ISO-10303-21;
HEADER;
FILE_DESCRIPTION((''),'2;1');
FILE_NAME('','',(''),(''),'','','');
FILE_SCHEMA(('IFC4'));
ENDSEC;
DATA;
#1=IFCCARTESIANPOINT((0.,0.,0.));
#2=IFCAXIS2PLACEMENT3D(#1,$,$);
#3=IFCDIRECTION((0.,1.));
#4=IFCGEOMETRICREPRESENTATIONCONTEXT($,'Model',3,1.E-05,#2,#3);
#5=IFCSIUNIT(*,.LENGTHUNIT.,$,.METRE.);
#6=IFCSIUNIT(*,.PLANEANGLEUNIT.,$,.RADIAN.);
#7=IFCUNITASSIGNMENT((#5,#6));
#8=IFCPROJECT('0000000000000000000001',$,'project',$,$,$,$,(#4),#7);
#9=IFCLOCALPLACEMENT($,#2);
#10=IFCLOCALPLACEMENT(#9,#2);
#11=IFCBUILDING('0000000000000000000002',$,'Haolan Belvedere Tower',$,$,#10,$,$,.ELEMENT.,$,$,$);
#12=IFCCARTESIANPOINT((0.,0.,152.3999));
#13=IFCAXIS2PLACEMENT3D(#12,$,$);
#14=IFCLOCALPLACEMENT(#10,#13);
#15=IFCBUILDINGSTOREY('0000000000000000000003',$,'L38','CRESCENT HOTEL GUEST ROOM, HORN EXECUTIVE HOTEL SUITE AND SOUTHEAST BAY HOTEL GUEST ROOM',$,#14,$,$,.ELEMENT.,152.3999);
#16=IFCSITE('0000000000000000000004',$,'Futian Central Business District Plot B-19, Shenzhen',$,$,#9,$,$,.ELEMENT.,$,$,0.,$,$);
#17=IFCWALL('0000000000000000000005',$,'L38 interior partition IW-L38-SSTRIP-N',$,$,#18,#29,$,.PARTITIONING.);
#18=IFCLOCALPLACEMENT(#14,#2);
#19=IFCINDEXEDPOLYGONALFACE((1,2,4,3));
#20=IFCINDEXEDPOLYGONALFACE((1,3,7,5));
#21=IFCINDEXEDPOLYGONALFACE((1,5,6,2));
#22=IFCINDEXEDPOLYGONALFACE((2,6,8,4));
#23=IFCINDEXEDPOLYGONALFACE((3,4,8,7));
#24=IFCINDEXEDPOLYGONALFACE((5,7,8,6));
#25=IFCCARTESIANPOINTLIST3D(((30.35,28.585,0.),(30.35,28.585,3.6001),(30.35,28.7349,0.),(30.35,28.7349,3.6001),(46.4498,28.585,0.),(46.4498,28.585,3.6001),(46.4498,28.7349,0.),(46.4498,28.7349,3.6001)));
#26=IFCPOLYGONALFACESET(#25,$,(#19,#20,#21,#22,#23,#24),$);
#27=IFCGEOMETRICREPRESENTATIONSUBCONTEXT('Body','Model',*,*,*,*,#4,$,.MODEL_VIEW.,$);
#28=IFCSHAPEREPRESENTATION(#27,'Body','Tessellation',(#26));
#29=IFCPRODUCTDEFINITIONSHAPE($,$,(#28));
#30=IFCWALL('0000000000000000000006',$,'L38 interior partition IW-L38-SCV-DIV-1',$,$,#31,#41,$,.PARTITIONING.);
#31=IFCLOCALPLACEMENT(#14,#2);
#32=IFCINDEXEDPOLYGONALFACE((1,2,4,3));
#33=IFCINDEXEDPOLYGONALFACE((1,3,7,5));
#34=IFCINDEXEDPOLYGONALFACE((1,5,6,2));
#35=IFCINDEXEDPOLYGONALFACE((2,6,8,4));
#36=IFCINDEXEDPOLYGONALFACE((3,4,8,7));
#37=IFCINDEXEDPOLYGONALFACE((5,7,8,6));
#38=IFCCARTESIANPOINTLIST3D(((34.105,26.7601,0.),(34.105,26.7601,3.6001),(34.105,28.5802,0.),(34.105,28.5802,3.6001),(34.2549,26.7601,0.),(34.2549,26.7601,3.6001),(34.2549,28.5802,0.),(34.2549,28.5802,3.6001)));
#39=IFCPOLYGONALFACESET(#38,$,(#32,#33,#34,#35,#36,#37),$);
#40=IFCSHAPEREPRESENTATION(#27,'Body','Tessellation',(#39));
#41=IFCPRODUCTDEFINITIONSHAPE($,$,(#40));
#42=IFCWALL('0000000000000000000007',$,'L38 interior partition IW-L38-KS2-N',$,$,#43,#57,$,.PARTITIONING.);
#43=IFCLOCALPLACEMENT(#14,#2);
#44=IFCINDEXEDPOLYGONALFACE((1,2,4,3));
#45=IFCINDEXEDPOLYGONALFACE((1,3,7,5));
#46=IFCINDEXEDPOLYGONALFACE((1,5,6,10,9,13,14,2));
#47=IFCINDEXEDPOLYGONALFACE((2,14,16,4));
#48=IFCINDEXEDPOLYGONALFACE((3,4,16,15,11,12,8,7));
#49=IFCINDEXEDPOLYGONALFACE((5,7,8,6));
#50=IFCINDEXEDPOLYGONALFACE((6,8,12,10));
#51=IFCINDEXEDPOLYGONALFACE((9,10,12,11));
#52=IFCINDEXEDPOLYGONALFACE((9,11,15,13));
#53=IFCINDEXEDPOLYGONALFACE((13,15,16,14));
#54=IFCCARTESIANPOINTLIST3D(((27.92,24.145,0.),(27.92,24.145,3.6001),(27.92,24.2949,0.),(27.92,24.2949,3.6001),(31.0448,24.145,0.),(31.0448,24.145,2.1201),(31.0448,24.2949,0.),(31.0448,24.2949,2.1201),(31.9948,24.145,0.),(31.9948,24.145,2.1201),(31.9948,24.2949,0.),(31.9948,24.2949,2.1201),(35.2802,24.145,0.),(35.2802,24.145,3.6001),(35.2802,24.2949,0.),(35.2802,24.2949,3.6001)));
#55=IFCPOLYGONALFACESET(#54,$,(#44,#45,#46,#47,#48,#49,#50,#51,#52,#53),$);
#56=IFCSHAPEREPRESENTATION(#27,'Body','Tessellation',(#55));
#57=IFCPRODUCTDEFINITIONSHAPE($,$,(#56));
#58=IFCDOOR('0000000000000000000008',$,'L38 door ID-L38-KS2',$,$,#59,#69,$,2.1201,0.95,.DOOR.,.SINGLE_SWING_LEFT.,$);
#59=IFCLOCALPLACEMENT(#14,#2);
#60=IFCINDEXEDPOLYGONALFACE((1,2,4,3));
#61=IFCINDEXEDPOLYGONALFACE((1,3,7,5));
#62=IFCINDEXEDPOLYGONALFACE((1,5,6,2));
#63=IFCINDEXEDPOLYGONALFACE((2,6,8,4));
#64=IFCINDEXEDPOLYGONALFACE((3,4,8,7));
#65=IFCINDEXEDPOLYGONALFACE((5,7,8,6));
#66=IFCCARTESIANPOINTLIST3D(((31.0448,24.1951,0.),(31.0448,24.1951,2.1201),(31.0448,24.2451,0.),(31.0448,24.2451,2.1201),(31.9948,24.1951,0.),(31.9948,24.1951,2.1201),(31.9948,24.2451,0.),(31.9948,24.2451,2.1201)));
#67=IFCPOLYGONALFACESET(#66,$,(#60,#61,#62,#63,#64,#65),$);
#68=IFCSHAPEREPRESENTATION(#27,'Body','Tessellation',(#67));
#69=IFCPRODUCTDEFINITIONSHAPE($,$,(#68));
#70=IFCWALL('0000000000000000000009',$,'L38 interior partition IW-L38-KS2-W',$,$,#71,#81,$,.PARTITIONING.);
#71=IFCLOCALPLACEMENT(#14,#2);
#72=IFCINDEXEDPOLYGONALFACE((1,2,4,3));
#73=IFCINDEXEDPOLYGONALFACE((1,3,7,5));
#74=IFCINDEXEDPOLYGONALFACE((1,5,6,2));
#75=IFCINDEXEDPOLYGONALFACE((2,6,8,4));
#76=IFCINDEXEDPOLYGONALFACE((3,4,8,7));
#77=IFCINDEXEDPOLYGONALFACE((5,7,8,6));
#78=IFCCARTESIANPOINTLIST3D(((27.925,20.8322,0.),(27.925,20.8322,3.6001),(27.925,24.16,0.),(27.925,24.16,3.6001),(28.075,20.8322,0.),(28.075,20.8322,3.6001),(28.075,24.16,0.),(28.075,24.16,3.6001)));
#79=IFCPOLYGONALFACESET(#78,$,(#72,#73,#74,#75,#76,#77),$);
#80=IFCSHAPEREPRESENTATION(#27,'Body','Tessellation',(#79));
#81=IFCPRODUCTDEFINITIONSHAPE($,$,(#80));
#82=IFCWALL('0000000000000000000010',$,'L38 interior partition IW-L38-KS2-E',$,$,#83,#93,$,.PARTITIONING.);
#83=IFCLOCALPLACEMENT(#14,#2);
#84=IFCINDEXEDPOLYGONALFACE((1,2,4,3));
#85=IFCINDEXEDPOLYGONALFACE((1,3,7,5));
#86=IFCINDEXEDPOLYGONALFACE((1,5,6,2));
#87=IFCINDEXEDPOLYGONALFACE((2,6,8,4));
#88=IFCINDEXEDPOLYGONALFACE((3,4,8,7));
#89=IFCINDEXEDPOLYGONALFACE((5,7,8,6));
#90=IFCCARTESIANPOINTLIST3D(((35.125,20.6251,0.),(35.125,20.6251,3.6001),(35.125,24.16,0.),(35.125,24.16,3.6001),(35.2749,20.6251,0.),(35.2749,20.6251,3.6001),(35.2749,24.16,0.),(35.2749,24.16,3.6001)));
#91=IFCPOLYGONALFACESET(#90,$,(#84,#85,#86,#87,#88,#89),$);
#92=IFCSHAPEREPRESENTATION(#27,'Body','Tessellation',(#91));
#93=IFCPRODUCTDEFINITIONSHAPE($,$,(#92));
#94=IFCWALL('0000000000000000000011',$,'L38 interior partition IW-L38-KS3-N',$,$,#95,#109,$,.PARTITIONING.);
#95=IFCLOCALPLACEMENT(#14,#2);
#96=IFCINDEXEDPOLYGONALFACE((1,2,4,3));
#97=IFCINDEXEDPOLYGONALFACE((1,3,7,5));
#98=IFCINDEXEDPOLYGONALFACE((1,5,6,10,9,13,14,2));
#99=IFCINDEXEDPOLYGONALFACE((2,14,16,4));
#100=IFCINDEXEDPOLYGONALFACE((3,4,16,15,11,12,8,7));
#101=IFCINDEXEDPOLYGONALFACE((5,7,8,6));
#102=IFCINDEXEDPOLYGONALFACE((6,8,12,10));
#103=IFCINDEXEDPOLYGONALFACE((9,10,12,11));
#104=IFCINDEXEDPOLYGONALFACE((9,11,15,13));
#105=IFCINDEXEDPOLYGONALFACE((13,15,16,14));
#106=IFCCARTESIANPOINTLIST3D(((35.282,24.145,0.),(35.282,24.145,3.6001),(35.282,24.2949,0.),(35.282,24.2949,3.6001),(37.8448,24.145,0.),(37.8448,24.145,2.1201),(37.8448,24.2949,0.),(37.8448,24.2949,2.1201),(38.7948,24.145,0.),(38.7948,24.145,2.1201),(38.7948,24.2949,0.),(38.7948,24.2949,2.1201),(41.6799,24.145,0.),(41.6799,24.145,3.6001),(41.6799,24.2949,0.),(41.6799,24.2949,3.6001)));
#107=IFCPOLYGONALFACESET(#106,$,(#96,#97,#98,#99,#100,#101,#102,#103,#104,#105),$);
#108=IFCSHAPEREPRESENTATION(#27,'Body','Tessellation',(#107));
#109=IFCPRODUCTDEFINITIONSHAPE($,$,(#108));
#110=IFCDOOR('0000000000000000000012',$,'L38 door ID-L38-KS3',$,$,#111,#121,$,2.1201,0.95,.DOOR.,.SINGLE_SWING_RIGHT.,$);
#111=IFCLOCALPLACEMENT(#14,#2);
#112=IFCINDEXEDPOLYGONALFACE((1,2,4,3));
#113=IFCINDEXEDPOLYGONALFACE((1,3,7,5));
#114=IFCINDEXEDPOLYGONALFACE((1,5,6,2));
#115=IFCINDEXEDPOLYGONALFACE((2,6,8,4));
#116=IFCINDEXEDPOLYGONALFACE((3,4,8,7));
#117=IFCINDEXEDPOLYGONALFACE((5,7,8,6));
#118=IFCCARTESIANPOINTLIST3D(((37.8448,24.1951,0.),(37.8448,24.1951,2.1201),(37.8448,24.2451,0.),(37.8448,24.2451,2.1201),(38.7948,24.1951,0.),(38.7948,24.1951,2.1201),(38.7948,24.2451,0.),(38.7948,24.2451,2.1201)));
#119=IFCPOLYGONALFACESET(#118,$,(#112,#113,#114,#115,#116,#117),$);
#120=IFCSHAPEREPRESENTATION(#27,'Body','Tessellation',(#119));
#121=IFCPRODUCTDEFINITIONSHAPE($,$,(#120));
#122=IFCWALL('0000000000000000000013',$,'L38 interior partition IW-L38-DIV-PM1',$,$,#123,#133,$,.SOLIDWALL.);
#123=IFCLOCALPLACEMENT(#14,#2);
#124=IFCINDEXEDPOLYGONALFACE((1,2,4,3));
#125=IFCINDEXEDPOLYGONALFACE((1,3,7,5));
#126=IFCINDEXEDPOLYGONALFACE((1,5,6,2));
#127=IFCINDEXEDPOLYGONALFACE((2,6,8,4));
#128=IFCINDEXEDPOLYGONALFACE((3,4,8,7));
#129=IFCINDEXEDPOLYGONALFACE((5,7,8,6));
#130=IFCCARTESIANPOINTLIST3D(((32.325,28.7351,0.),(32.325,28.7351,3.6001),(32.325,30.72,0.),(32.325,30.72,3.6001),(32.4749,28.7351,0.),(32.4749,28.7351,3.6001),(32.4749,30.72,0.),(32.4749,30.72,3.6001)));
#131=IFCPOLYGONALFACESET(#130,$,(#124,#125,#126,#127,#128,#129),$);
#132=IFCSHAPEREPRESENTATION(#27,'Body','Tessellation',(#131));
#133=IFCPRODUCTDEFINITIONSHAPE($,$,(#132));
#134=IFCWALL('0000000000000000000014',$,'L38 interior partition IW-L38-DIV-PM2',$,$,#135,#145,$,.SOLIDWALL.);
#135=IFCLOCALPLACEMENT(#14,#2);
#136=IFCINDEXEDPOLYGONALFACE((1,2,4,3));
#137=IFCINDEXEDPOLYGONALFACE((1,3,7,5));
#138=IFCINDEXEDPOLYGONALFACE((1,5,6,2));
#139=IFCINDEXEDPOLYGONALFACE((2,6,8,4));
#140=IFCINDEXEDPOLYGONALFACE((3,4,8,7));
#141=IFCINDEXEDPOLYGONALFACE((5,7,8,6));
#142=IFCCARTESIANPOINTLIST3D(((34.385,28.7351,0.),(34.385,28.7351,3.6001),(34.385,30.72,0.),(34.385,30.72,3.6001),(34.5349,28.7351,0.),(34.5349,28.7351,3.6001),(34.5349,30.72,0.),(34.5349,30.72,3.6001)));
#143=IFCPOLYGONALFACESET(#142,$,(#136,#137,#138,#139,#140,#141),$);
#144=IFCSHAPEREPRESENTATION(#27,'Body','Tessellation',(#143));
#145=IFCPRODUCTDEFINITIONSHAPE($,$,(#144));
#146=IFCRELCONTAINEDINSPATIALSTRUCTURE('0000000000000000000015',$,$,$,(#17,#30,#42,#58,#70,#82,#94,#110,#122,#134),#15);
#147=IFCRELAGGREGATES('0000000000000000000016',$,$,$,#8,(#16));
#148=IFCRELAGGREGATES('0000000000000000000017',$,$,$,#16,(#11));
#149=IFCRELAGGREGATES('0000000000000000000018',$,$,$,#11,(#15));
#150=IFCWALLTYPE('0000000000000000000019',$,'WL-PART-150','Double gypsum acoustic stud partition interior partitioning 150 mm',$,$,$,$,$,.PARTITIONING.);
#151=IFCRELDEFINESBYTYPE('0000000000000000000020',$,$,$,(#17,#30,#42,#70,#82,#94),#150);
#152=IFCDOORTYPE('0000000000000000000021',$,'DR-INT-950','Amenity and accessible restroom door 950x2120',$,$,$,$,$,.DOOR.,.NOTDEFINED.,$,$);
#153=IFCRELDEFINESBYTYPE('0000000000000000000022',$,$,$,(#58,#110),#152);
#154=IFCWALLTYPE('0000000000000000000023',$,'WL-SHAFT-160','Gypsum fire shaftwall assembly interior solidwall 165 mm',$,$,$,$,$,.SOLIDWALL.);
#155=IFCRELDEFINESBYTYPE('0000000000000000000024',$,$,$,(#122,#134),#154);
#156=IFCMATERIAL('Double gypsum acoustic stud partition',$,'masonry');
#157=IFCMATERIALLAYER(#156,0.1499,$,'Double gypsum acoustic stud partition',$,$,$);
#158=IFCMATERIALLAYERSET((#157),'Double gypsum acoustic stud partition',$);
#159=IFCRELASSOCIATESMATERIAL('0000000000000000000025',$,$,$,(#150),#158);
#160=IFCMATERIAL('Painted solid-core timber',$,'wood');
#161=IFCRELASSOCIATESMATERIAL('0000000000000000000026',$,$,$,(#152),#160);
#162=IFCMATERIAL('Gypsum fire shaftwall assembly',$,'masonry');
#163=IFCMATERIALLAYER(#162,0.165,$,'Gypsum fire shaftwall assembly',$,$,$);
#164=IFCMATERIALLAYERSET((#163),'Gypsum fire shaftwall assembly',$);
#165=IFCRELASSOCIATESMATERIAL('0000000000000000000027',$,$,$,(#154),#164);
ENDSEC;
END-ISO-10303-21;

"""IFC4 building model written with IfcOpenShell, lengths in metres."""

from ifc_helpers import new_model, si_unit, direction, frame, frame_2d, origin, place, context, subcontext, project, spatial, rectangle, extrude, material, layer, layer_set, type_object, element, fill, save


model = new_model("IFC4")

# Units and contexts
model_context = context("Model", 3, precision=1e-05, world=origin(), true_north=direction((0.0, 1.0)))
body_context = subcontext(model_context, "Body", "Model", "MODEL_VIEW")
ifc_project = project(units=[si_unit("LENGTHUNIT", "METRE"), si_unit("PLANEANGLEUNIT", "RADIAN")], contexts=[model_context])

# Site, building, storey
site_placement = place(None, origin())
site = spatial("IfcSite", under=ifc_project, at=site_placement, Name="Futian Central Business District Plot B-19, Shenzhen", CompositionType="ELEMENT", RefElevation=0.0)
building_placement = place(site_placement, origin())
building = spatial("IfcBuilding", under=site, at=building_placement, Name="Haolan Belvedere Tower", CompositionType="ELEMENT")
storey_placement = place(building_placement, frame((0.0, 0.0, 152.3999)))
storey = spatial("IfcBuildingStorey", under=building, at=storey_placement, Name="L38", Description="CRESCENT HOTEL GUEST ROOM, HORN EXECUTIVE HOTEL SUITE AND SOUTHEAST BAY HOTEL GUEST ROOM", CompositionType="ELEMENT", Elevation=152.3999)

# Walls
ifc_material_1 = material(Name="Double gypsum acoustic stud partition", Category="masonry")
ifc_layer_1 = layer(ifc_material_1, 0.1499, Name="Double gypsum acoustic stud partition")
ifc_layer_set_1 = layer_set([ifc_layer_1], Name="Double gypsum acoustic stud partition")
wall_type_1 = type_object("IfcWallType", Name="WL-PART-150", Description="Double gypsum acoustic stud partition interior partitioning 150 mm", PredefinedType="PARTITIONING", material=ifc_layer_set_1)
wall_1_placement = place(storey_placement, frame((30.3501, 28.6599, 0.0), z_axis=(0.0, 0.0, 1.0), x_axis=(1.0, 0.0, 0.0)))
element("IfcWall", 1, at=wall_1_placement, inside=storey, type_object=wall_type_1, Name="L38 interior partition IW-L38-SSTRIP-N", PredefinedType="PARTITIONING", context=body_context, shape_type="SweptSolid", body=[
    extrude(rectangle(XDim=16.0999, YDim=0.1499, at=frame_2d((8.0498, 0.0))), origin(), (0.0, 0.0, 1.0), 3.6001),
])
wall_2_placement = place(storey_placement, frame((34.1799, 26.76, 0.0), z_axis=(0.0, 0.0, 1.0), x_axis=(0.0, 1.0, 0.0)))
element("IfcWall", 2, at=wall_2_placement, inside=storey, type_object=wall_type_1, Name="L38 interior partition IW-L38-SCV-DIV-1", PredefinedType="PARTITIONING", context=body_context, shape_type="SweptSolid", body=[
    extrude(rectangle(XDim=1.8201, YDim=0.1499, at=frame_2d((0.9102, 0.0))), origin(), (0.0, 0.0, 1.0), 3.6001),
])

# Wall, opening, door
wall_3_placement = place(storey_placement, frame((27.9199, 24.22, 0.0), z_axis=(0.0, 0.0, 1.0), x_axis=(1.0, 0.0, 0.0)))
wall_3 = element("IfcWall", 3, at=wall_3_placement, inside=storey, type_object=wall_type_1, Name="L38 interior partition IW-L38-KS2-N", PredefinedType="PARTITIONING", context=body_context, shape_type="SweptSolid", body=[
    extrude(rectangle(XDim=7.3601, YDim=0.1499, at=frame_2d((3.6802, 0.0))), origin(), (0.0, 0.0, 1.0), 3.6001),
])
opening_1_placement = place(wall_3_placement, frame((4.075, 0.0, 0.0), z_axis=(0.0, 0.0, 1.0), x_axis=(-1.0, 0.0, 0.0)))
opening_1 = element("IfcOpeningElement", 4, at=opening_1_placement, cuts=wall_3, PredefinedType="OPENING", context=body_context, shape_type="SweptSolid", body=[
    extrude(rectangle(XDim=0.95, YDim=2.1201, at=frame_2d((0.4751, 1.0601))), frame((0.0, 0.085, 0.0), z_axis=(0.0, -1.0, 0.0), x_axis=(1.0, 0.0, 0.0)), (0.0, 0.0, 1.0), 0.1699),
])
ifc_material_2 = material(Name="Painted solid-core timber", Category="wood")
door_type_1 = type_object("IfcDoorType", Name="DR-INT-950", Description="Amenity and accessible restroom door 950x2120", OperationType="NOTDEFINED", PredefinedType="DOOR", material=ifc_material_2)
door_1_placement = place(opening_1_placement, origin())
door_1 = element("IfcDoor", 5, at=door_1_placement, inside=storey, type_object=door_type_1, Name="L38 door ID-L38-KS2", OperationType="SINGLE_SWING_LEFT", OverallHeight=2.1201, OverallWidth=0.95, PredefinedType="DOOR", context=body_context, shape_type="SweptSolid", body=[
    extrude(rectangle(XDim=0.95, YDim=2.1201, at=frame_2d((0.4751, 1.0601))), frame((0.0, 0.0249, 0.0), z_axis=(0.0, -1.0, 0.0), x_axis=(1.0, 0.0, 0.0)), (0.0, 0.0, 1.0), 0.05),
])
fill(opening_1, door_1)

# Walls
wall_4_placement = place(storey_placement, frame((28.0, 20.832, 0.0), z_axis=(0.0, 0.0, 1.0), x_axis=(0.0, 1.0, 0.0)))
element("IfcWall", 6, at=wall_4_placement, inside=storey, type_object=wall_type_1, Name="L38 interior partition IW-L38-KS2-W", PredefinedType="PARTITIONING", context=body_context, shape_type="SweptSolid", body=[
    extrude(rectangle(XDim=3.3279, YDim=0.1499, at=frame_2d((1.6641, 0.0))), origin(), (0.0, 0.0, 1.0), 3.6001),
])
wall_5_placement = place(storey_placement, frame((35.2, 20.625, 0.0), z_axis=(0.0, 0.0, 1.0), x_axis=(0.0, 1.0, 0.0)))
element("IfcWall", 7, at=wall_5_placement, inside=storey, type_object=wall_type_1, Name="L38 interior partition IW-L38-KS2-E", PredefinedType="PARTITIONING", context=body_context, shape_type="SweptSolid", body=[
    extrude(rectangle(XDim=3.5349, YDim=0.1499, at=frame_2d((1.7676, 0.0))), origin(), (0.0, 0.0, 1.0), 3.6001),
])

# Wall, opening, door
wall_6_placement = place(storey_placement, frame((35.282, 24.22, 0.0), z_axis=(0.0, 0.0, 1.0), x_axis=(1.0, 0.0, 0.0)))
wall_6 = element("IfcWall", 8, at=wall_6_placement, inside=storey, type_object=wall_type_1, Name="L38 interior partition IW-L38-KS3-N", PredefinedType="PARTITIONING", context=body_context, shape_type="SweptSolid", body=[
    extrude(rectangle(XDim=6.3979, YDim=0.1499, at=frame_2d((3.199, 0.0))), origin(), (0.0, 0.0, 1.0), 3.6001),
])
opening_2_placement = place(wall_6_placement, frame((3.5129, 0.0, 0.0), z_axis=(0.0, 0.0, 1.0), x_axis=(-1.0, 0.0, 0.0)))
opening_2 = element("IfcOpeningElement", 9, at=opening_2_placement, cuts=wall_6, PredefinedType="OPENING", context=body_context, shape_type="SweptSolid", body=[
    extrude(rectangle(XDim=0.95, YDim=2.1201, at=frame_2d((0.4751, 1.0601))), frame((0.0, 0.085, 0.0), z_axis=(0.0, -1.0, 0.0), x_axis=(1.0, 0.0, 0.0)), (0.0, 0.0, 1.0), 0.1699),
])
door_2_placement = place(opening_2_placement, origin())
door_2 = element("IfcDoor", 10, at=door_2_placement, inside=storey, type_object=door_type_1, Name="L38 door ID-L38-KS3", OperationType="SINGLE_SWING_RIGHT", OverallHeight=2.1201, OverallWidth=0.95, PredefinedType="DOOR", context=body_context, shape_type="SweptSolid", body=[
    extrude(rectangle(XDim=0.95, YDim=2.1201, at=frame_2d((0.4751, 1.0601))), frame((0.0, 0.0249, 0.0), z_axis=(0.0, -1.0, 0.0), x_axis=(1.0, 0.0, 0.0)), (0.0, 0.0, 1.0), 0.05),
])
fill(opening_2, door_2)

# Walls
ifc_material_3 = material(Name="Gypsum fire shaftwall assembly", Category="masonry")
ifc_layer_2 = layer(ifc_material_3, 0.165, Name="Gypsum fire shaftwall assembly")
ifc_layer_set_2 = layer_set([ifc_layer_2], Name="Gypsum fire shaftwall assembly")
wall_type_2 = type_object("IfcWallType", Name="WL-SHAFT-160", Description="Gypsum fire shaftwall assembly interior solidwall 165 mm", PredefinedType="SOLIDWALL", material=ifc_layer_set_2)
for number, where, z_axis, x_axis, name in (
    (11, (32.3999, 28.7351, 0.0), (0.0, 0.0, 1.0), (0.0, 1.0, 0.0), "L38 interior partition IW-L38-DIV-PM1"),
    (12, (34.46, 28.7351, 0.0), (0.0, 0.0, 1.0), (0.0, 1.0, 0.0), "L38 interior partition IW-L38-DIV-PM2"),
):
    element("IfcWall", number, at=place(storey_placement, frame(where, z_axis=z_axis, x_axis=x_axis)), inside=storey, type_object=wall_type_2, Name=name, PredefinedType="SOLIDWALL", context=body_context, shape_type="SweptSolid", body=[
        extrude(rectangle(XDim=1.9849, YDim=0.1499, at=frame_2d((0.9924, 0.0))), origin(), (0.0, 0.0, 1.0), 3.6001),
    ])

save(model, "model.ifc")
